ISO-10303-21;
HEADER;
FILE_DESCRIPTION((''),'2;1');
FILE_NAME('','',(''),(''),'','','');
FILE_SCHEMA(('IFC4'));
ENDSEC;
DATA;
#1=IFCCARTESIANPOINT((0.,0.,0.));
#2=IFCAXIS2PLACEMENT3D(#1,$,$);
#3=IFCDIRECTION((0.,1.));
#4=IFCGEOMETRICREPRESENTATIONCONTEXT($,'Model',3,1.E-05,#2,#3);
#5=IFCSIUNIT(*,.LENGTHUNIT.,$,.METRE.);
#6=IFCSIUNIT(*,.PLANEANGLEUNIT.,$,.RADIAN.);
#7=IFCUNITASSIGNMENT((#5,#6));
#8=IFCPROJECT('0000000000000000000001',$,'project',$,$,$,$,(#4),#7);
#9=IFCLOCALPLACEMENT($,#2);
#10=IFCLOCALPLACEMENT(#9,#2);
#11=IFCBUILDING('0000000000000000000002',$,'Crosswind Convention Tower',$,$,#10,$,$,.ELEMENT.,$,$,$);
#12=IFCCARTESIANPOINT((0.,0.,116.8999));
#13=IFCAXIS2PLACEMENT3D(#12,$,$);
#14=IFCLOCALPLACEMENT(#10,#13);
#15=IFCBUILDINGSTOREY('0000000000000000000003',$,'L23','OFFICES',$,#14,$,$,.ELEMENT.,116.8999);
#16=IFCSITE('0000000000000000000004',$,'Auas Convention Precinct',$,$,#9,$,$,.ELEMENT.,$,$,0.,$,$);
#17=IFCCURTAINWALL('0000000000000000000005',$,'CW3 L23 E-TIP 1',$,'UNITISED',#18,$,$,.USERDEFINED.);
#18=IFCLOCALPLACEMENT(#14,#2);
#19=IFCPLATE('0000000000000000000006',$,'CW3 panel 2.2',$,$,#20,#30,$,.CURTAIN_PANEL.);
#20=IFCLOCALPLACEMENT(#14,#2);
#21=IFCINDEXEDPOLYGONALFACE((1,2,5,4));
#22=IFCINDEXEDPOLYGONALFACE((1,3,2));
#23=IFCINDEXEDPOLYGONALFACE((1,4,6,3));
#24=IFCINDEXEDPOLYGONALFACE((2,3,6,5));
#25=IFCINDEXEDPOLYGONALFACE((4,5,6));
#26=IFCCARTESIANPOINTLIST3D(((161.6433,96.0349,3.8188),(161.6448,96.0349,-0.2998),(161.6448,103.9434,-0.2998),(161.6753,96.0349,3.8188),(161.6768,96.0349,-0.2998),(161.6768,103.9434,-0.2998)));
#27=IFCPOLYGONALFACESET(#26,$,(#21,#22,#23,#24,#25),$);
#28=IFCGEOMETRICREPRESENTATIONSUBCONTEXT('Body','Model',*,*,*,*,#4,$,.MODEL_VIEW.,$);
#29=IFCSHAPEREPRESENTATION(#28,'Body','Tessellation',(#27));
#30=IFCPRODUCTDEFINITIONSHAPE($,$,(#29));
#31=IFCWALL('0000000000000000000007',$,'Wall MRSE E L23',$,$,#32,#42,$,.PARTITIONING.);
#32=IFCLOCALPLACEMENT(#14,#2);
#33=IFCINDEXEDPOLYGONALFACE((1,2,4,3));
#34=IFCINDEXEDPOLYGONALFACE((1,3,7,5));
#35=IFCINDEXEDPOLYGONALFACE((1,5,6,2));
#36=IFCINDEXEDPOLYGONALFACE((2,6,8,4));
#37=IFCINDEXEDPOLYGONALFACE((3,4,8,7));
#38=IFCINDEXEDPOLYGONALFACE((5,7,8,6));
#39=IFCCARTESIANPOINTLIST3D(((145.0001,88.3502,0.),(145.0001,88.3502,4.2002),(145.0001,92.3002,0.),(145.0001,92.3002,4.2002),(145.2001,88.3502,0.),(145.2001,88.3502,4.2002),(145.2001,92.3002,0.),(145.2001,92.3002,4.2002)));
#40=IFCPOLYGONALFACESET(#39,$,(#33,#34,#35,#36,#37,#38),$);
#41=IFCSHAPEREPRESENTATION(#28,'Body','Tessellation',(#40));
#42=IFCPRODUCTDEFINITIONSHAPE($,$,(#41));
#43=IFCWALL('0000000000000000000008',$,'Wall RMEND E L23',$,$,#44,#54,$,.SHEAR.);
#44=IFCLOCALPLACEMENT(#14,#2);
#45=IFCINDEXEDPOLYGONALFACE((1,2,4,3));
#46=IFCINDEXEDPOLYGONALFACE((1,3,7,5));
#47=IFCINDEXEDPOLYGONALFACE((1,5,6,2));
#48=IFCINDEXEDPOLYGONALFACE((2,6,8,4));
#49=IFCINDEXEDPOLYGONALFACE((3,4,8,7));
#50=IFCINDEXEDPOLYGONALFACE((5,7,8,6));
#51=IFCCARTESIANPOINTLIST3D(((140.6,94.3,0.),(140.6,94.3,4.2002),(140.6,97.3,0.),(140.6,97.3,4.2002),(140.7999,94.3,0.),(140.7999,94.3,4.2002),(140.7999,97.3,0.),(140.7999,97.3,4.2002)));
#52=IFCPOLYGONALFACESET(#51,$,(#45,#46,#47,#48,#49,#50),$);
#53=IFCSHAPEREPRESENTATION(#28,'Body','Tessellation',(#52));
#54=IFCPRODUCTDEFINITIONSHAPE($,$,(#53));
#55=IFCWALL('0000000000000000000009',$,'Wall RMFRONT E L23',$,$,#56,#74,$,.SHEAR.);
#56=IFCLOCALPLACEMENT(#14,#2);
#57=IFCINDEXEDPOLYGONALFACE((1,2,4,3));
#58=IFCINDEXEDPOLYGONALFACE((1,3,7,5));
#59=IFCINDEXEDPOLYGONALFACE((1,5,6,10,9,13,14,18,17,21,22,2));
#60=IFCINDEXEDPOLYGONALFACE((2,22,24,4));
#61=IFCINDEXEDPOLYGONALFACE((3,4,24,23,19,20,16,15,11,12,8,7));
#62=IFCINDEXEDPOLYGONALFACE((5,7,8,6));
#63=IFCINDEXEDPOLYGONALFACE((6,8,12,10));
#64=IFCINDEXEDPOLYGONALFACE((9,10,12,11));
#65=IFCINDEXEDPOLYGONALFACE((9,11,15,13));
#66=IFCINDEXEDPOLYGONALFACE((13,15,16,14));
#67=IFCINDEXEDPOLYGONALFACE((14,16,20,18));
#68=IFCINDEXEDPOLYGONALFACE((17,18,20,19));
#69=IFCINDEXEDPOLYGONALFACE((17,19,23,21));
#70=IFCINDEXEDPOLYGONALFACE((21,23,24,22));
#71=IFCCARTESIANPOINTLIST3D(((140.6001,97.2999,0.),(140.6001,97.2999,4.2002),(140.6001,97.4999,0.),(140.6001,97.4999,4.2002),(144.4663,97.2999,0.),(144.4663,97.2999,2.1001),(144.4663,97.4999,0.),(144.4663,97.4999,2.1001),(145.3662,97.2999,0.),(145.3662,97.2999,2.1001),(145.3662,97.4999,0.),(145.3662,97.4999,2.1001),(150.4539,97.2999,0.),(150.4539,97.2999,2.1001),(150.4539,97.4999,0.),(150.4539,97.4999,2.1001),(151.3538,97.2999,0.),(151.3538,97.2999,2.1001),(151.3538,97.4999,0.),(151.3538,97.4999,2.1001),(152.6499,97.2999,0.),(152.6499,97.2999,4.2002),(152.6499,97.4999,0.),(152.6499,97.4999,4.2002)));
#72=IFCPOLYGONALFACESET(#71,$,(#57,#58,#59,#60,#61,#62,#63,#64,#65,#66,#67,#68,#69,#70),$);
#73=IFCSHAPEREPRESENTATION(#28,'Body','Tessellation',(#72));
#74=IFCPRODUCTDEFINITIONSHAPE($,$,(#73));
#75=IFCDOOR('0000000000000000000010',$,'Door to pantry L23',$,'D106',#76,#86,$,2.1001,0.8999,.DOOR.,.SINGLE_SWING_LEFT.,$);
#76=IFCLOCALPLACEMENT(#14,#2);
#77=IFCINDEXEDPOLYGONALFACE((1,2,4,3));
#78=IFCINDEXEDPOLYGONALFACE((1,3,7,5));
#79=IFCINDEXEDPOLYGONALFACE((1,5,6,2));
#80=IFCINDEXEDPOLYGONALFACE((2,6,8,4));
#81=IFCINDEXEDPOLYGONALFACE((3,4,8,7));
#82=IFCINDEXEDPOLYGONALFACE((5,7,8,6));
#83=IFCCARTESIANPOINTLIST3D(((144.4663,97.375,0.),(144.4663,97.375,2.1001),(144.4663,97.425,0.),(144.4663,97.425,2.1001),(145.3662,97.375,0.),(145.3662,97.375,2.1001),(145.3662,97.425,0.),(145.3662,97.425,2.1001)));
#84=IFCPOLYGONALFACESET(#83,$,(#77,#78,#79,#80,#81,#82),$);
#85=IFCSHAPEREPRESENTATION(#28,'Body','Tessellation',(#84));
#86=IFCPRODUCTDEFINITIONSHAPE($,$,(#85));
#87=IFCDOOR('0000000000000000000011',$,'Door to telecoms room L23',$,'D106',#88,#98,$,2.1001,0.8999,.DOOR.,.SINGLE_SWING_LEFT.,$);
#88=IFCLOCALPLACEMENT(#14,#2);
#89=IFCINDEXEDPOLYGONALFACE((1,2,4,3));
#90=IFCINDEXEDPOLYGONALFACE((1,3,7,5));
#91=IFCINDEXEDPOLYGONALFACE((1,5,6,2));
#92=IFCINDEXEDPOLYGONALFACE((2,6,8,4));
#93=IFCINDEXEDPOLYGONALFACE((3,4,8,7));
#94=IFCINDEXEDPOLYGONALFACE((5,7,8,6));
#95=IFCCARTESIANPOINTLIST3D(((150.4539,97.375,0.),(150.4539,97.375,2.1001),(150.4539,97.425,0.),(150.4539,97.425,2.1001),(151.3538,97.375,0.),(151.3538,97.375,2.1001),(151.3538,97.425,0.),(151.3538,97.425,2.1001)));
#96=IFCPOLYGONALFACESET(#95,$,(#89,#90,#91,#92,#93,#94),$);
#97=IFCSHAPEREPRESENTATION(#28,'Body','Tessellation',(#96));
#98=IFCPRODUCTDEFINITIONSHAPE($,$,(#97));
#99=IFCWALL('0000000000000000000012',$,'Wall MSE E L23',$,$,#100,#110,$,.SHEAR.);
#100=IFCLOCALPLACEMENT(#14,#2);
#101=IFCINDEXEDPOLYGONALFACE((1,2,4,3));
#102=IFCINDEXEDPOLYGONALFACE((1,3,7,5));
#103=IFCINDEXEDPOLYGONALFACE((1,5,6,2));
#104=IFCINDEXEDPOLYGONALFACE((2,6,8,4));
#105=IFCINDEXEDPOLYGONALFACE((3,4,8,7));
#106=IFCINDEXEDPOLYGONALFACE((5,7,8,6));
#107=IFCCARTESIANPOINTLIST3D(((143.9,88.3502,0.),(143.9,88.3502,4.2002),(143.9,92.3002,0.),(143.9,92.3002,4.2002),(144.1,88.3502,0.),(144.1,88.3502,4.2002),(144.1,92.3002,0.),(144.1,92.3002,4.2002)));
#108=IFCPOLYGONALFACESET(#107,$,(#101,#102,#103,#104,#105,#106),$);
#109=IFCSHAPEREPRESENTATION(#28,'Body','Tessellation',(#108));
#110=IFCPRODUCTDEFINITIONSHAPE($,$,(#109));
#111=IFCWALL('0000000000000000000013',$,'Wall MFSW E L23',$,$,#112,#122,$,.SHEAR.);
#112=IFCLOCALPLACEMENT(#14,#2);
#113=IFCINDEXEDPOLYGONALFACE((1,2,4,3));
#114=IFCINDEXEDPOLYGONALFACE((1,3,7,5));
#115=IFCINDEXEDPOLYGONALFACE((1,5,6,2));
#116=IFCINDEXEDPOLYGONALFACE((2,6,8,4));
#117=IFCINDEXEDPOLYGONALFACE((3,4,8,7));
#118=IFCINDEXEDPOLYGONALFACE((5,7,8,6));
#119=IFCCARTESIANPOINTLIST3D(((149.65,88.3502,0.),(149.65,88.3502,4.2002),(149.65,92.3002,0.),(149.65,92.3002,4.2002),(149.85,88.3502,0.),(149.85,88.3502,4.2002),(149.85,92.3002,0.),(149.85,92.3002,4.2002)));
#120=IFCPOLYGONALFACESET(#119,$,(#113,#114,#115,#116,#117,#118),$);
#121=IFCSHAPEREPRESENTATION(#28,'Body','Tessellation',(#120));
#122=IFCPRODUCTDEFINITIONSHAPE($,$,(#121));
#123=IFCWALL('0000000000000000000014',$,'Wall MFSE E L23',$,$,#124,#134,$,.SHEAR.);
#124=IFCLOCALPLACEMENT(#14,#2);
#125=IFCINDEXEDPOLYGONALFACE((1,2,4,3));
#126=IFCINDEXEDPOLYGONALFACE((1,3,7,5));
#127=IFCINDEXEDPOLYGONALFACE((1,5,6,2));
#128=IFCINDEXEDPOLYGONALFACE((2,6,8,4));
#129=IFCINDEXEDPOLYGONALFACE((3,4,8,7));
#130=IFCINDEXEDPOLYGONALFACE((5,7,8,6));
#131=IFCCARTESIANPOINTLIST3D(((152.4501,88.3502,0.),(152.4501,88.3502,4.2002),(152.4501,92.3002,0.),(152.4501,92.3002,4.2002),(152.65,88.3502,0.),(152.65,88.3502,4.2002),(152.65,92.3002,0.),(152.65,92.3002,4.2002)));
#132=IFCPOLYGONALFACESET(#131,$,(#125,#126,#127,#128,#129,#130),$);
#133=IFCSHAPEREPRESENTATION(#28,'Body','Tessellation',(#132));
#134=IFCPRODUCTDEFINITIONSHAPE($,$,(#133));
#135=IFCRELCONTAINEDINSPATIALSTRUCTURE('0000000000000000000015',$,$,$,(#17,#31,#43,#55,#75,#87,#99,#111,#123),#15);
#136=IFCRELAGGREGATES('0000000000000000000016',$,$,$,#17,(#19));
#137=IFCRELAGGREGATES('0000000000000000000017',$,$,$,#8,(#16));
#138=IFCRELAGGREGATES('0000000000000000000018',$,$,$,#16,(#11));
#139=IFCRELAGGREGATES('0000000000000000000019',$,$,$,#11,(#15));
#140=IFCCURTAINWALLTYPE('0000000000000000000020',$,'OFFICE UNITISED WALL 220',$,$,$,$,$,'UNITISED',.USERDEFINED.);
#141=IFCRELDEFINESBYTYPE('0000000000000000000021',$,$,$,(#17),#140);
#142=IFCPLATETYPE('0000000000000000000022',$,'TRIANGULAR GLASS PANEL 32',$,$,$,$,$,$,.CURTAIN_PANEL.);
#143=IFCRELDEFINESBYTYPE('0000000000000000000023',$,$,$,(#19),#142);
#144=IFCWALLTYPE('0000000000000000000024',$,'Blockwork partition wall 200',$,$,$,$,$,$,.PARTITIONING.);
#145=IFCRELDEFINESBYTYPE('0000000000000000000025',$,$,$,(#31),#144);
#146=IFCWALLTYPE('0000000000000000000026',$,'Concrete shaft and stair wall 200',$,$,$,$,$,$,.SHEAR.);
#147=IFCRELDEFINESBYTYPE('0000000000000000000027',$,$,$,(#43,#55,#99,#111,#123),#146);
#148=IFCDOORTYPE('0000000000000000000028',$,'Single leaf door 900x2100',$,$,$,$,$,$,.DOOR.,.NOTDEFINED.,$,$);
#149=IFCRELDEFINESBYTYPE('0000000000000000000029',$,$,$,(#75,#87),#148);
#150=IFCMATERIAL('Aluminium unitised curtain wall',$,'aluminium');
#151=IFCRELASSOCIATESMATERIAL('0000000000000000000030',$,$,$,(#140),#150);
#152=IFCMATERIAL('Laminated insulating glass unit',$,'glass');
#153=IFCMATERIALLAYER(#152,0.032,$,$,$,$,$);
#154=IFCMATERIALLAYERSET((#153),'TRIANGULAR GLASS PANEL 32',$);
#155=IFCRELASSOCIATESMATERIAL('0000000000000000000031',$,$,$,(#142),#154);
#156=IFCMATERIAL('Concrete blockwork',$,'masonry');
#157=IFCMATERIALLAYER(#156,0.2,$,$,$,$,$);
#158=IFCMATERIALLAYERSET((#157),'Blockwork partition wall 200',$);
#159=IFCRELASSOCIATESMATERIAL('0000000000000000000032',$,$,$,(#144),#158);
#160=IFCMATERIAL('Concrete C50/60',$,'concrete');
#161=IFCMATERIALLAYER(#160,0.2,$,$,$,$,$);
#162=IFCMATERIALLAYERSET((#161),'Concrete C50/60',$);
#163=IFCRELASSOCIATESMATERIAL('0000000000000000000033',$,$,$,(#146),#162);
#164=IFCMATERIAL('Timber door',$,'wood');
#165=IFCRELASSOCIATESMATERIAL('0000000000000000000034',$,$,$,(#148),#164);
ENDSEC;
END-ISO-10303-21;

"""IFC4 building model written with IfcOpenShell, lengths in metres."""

from ifc_helpers import new_model, si_unit, direction, frame, frame_2d, origin, place, context, subcontext, project, spatial, polyline, rectangle, outline, extrude, material, layer, layer_set, type_object, element, fill, aggregate, save


model = new_model("IFC4")

# Units and contexts
model_context = context("Model", 3, precision=1e-05, world=origin(), true_north=direction((0.0, 1.0)))
body_context = subcontext(model_context, "Body", "Model", "MODEL_VIEW")
ifc_project = project(units=[si_unit("LENGTHUNIT", "METRE"), si_unit("PLANEANGLEUNIT", "RADIAN")], contexts=[model_context])

# Site, building, storey
site_placement = place(None, origin())
site = spatial("IfcSite", under=ifc_project, at=site_placement, Name="Auas Convention Precinct", CompositionType="ELEMENT", RefElevation=0.0)
building_placement = place(site_placement, origin())
building = spatial("IfcBuilding", under=site, at=building_placement, Name="Crosswind Convention Tower", CompositionType="ELEMENT")
storey_placement = place(building_placement, frame((0.0, 0.0, 116.8999)))
storey = spatial("IfcBuildingStorey", under=building, at=storey_placement, Name="L23", Description="OFFICES", CompositionType="ELEMENT", Elevation=116.8999)

# Curtain wall
ifc_material_1 = material(Name="Aluminium unitised curtain wall", Category="aluminium")
curtain_wall_type = type_object("IfcCurtainWallType", Name="OFFICE UNITISED WALL 220", ElementType="UNITISED", PredefinedType="USERDEFINED", material=ifc_material_1)
curtain_wall_placement = place(storey_placement, origin())
curtain_wall = element("IfcCurtainWall", 1, at=curtain_wall_placement, inside=storey, type_object=curtain_wall_type, Name="CW3 L23 E-TIP 1", ObjectType="UNITISED", PredefinedType="USERDEFINED")

# Plate
ifc_material_2 = material(Name="Laminated insulating glass unit", Category="glass")
ifc_layer_1 = layer(ifc_material_2, 0.032)
ifc_layer_set_1 = layer_set([ifc_layer_1], Name="TRIANGULAR GLASS PANEL 32")
plate_type = type_object("IfcPlateType", Name="TRIANGULAR GLASS PANEL 32", PredefinedType="CURTAIN_PANEL", material=ifc_layer_set_1)
plate_1_placement = place(storey_placement, frame((161.6768, 96.0349, -0.2998), z_axis=(1.0, 0.0, 0.000356), x_axis=(0.0, 1.0, 0.0)))
plate_1 = element("IfcPlate", 2, at=plate_1_placement, type_object=plate_type, Name="CW3 panel 2.2", PredefinedType="CURTAIN_PANEL", context=body_context, shape_type="SweptSolid", body=[
    extrude(outline(polyline([(0.0, 0.0), (7.9084, 0.0), (0.0, 4.1187), (0.0, 0.0)])), origin(), (0.0, 0.0, -1.0), 0.032),
])
aggregate(curtain_wall, [plate_1])

# Wall
ifc_material_3 = material(Name="Concrete blockwork", Category="masonry")
ifc_layer_2 = layer(ifc_material_3, 0.2)
ifc_layer_set_2 = layer_set([ifc_layer_2], Name="Blockwork partition wall 200")
wall_type_1 = type_object("IfcWallType", Name="Blockwork partition wall 200", PredefinedType="PARTITIONING", material=ifc_layer_set_2)
wall_1_placement = place(storey_placement, frame((145.1001, 88.3501, 0.0), z_axis=(0.0, 0.0, 1.0), x_axis=(0.0, 1.0, 0.0)))
element("IfcWall", 3, at=wall_1_placement, inside=storey, type_object=wall_type_1, Name="Wall MRSE E L23", PredefinedType="PARTITIONING", context=body_context, shape_type="SweptSolid", body=[
    extrude(rectangle(XDim=3.95, YDim=0.2, at=frame_2d((1.9751, 0.0))), origin(), (0.0, 0.0, 1.0), 4.2002),
])

# Wall
ifc_material_4 = material(Name="Concrete C50/60", Category="concrete")
ifc_layer_3 = layer(ifc_material_4, 0.2)
ifc_layer_set_3 = layer_set([ifc_layer_3], Name="Concrete C50/60")
wall_type_2 = type_object("IfcWallType", Name="Concrete shaft and stair wall 200", PredefinedType="SHEAR", material=ifc_layer_set_3)
wall_2_placement = place(storey_placement, frame((140.7, 94.3, 0.0), z_axis=(0.0, 0.0, 1.0), x_axis=(0.0, 1.0, 0.0)))
element("IfcWall", 4, at=wall_2_placement, inside=storey, type_object=wall_type_2, Name="Wall RMEND E L23", PredefinedType="SHEAR", context=body_context, shape_type="SweptSolid", body=[
    extrude(rectangle(XDim=3.0, YDim=0.2, at=frame_2d((1.5, 0.0))), origin(), (0.0, 0.0, 1.0), 4.2002),
])

# Wall, openings, doors
wall_3_placement = place(storey_placement, frame((140.6001, 97.3999, 0.0), z_axis=(0.0, 0.0, 1.0), x_axis=(1.0, 0.0, 0.0)))
wall_3 = element("IfcWall", 5, at=wall_3_placement, inside=storey, type_object=wall_type_2, Name="Wall RMFRONT E L23", PredefinedType="SHEAR", context=body_context, shape_type="SweptSolid", body=[
    extrude(rectangle(XDim=12.0498, YDim=0.2, at=frame_2d((6.0249, 0.0))), origin(), (0.0, 0.0, 1.0), 4.2002),
])
opening_1_placement = place(wall_3_placement, frame((3.8662, 0.0, 0.0)))
opening_1 = element("IfcOpeningElement", 6, at=opening_1_placement, cuts=wall_3, PredefinedType="OPENING", context=body_context, shape_type="SweptSolid", body=[
    extrude(rectangle(XDim=0.8999, YDim=2.1001, at=frame_2d((0.45, 1.05))), frame((0.0, 0.1099, 0.0), z_axis=(0.0, -1.0, 0.0), x_axis=(1.0, 0.0, 0.0)), (0.0, 0.0, 1.0), 0.22),
])
opening_2_placement = place(wall_3_placement, frame((9.8538, 0.0, 0.0)))
opening_2 = element("IfcOpeningElement", 7, at=opening_2_placement, cuts=wall_3, PredefinedType="OPENING", context=body_context, shape_type="SweptSolid", body=[
    extrude(rectangle(XDim=0.8999, YDim=2.1001, at=frame_2d((0.45, 1.05))), frame((0.0, 0.1099, 0.0), z_axis=(0.0, -1.0, 0.0), x_axis=(1.0, 0.0, 0.0)), (0.0, 0.0, 1.0), 0.22),
])
ifc_material_5 = material(Name="Timber door", Category="wood")
door_type_1 = type_object("IfcDoorType", Name="Single leaf door 900x2100", OperationType="NOTDEFINED", PredefinedType="DOOR", material=ifc_material_5)
door_1_placement = place(opening_1_placement, frame((0.8999, 0.0, 0.0), z_axis=(0.0, 0.0, 1.0), x_axis=(-1.0, 0.0, 0.0)))
door_1 = element("IfcDoor", 8, at=door_1_placement, inside=storey, type_object=door_type_1, Name="Door to pantry L23", ObjectType="D106", OperationType="SINGLE_SWING_LEFT", OverallHeight=2.1001, OverallWidth=0.8999, PredefinedType="DOOR", context=body_context, shape_type="SweptSolid", body=[
    extrude(rectangle(XDim=0.8999, YDim=2.1001, at=frame_2d((0.45, 1.05))), frame((0.0, 0.0249, 0.0), z_axis=(0.0, -1.0, 0.0), x_axis=(1.0, 0.0, 0.0)), (0.0, 0.0, 1.0), 0.05),
])
fill(opening_1, door_1)
door_2_placement = place(opening_2_placement, frame((0.8999, 0.0, 0.0), z_axis=(0.0, 0.0, 1.0), x_axis=(-1.0, 0.0, 0.0)))
door_2 = element("IfcDoor", 9, at=door_2_placement, inside=storey, type_object=door_type_1, Name="Door to telecoms room L23", ObjectType="D106", OperationType="SINGLE_SWING_LEFT", OverallHeight=2.1001, OverallWidth=0.8999, PredefinedType="DOOR", context=body_context, shape_type="SweptSolid", body=[
    extrude(rectangle(XDim=0.8999, YDim=2.1001, at=frame_2d((0.45, 1.05))), frame((0.0, 0.0249, 0.0), z_axis=(0.0, -1.0, 0.0), x_axis=(1.0, 0.0, 0.0)), (0.0, 0.0, 1.0), 0.05),
])
fill(opening_2, door_2)

# Walls
for number, where, z_axis, x_axis, name in (
    (10, (144.0, 88.3501, 0.0), (0.0, 0.0, 1.0), (0.0, 1.0, 0.0), "Wall MSE E L23"),
    (11, (149.75, 88.3501, 0.0), (0.0, 0.0, 1.0), (0.0, 1.0, 0.0), "Wall MFSW E L23"),
    (12, (152.55, 88.3501, 0.0), (0.0, 0.0, 1.0), (0.0, 1.0, 0.0), "Wall MFSE E L23"),
):
    element("IfcWall", number, at=place(storey_placement, frame(where, z_axis=z_axis, x_axis=x_axis)), inside=storey, type_object=wall_type_2, Name=name, PredefinedType="SHEAR", context=body_context, shape_type="SweptSolid", body=[
        extrude(rectangle(XDim=3.95, YDim=0.2, at=frame_2d((1.9751, 0.0))), origin(), (0.0, 0.0, 1.0), 4.2002),
    ])

save(model, "model.ifc")
